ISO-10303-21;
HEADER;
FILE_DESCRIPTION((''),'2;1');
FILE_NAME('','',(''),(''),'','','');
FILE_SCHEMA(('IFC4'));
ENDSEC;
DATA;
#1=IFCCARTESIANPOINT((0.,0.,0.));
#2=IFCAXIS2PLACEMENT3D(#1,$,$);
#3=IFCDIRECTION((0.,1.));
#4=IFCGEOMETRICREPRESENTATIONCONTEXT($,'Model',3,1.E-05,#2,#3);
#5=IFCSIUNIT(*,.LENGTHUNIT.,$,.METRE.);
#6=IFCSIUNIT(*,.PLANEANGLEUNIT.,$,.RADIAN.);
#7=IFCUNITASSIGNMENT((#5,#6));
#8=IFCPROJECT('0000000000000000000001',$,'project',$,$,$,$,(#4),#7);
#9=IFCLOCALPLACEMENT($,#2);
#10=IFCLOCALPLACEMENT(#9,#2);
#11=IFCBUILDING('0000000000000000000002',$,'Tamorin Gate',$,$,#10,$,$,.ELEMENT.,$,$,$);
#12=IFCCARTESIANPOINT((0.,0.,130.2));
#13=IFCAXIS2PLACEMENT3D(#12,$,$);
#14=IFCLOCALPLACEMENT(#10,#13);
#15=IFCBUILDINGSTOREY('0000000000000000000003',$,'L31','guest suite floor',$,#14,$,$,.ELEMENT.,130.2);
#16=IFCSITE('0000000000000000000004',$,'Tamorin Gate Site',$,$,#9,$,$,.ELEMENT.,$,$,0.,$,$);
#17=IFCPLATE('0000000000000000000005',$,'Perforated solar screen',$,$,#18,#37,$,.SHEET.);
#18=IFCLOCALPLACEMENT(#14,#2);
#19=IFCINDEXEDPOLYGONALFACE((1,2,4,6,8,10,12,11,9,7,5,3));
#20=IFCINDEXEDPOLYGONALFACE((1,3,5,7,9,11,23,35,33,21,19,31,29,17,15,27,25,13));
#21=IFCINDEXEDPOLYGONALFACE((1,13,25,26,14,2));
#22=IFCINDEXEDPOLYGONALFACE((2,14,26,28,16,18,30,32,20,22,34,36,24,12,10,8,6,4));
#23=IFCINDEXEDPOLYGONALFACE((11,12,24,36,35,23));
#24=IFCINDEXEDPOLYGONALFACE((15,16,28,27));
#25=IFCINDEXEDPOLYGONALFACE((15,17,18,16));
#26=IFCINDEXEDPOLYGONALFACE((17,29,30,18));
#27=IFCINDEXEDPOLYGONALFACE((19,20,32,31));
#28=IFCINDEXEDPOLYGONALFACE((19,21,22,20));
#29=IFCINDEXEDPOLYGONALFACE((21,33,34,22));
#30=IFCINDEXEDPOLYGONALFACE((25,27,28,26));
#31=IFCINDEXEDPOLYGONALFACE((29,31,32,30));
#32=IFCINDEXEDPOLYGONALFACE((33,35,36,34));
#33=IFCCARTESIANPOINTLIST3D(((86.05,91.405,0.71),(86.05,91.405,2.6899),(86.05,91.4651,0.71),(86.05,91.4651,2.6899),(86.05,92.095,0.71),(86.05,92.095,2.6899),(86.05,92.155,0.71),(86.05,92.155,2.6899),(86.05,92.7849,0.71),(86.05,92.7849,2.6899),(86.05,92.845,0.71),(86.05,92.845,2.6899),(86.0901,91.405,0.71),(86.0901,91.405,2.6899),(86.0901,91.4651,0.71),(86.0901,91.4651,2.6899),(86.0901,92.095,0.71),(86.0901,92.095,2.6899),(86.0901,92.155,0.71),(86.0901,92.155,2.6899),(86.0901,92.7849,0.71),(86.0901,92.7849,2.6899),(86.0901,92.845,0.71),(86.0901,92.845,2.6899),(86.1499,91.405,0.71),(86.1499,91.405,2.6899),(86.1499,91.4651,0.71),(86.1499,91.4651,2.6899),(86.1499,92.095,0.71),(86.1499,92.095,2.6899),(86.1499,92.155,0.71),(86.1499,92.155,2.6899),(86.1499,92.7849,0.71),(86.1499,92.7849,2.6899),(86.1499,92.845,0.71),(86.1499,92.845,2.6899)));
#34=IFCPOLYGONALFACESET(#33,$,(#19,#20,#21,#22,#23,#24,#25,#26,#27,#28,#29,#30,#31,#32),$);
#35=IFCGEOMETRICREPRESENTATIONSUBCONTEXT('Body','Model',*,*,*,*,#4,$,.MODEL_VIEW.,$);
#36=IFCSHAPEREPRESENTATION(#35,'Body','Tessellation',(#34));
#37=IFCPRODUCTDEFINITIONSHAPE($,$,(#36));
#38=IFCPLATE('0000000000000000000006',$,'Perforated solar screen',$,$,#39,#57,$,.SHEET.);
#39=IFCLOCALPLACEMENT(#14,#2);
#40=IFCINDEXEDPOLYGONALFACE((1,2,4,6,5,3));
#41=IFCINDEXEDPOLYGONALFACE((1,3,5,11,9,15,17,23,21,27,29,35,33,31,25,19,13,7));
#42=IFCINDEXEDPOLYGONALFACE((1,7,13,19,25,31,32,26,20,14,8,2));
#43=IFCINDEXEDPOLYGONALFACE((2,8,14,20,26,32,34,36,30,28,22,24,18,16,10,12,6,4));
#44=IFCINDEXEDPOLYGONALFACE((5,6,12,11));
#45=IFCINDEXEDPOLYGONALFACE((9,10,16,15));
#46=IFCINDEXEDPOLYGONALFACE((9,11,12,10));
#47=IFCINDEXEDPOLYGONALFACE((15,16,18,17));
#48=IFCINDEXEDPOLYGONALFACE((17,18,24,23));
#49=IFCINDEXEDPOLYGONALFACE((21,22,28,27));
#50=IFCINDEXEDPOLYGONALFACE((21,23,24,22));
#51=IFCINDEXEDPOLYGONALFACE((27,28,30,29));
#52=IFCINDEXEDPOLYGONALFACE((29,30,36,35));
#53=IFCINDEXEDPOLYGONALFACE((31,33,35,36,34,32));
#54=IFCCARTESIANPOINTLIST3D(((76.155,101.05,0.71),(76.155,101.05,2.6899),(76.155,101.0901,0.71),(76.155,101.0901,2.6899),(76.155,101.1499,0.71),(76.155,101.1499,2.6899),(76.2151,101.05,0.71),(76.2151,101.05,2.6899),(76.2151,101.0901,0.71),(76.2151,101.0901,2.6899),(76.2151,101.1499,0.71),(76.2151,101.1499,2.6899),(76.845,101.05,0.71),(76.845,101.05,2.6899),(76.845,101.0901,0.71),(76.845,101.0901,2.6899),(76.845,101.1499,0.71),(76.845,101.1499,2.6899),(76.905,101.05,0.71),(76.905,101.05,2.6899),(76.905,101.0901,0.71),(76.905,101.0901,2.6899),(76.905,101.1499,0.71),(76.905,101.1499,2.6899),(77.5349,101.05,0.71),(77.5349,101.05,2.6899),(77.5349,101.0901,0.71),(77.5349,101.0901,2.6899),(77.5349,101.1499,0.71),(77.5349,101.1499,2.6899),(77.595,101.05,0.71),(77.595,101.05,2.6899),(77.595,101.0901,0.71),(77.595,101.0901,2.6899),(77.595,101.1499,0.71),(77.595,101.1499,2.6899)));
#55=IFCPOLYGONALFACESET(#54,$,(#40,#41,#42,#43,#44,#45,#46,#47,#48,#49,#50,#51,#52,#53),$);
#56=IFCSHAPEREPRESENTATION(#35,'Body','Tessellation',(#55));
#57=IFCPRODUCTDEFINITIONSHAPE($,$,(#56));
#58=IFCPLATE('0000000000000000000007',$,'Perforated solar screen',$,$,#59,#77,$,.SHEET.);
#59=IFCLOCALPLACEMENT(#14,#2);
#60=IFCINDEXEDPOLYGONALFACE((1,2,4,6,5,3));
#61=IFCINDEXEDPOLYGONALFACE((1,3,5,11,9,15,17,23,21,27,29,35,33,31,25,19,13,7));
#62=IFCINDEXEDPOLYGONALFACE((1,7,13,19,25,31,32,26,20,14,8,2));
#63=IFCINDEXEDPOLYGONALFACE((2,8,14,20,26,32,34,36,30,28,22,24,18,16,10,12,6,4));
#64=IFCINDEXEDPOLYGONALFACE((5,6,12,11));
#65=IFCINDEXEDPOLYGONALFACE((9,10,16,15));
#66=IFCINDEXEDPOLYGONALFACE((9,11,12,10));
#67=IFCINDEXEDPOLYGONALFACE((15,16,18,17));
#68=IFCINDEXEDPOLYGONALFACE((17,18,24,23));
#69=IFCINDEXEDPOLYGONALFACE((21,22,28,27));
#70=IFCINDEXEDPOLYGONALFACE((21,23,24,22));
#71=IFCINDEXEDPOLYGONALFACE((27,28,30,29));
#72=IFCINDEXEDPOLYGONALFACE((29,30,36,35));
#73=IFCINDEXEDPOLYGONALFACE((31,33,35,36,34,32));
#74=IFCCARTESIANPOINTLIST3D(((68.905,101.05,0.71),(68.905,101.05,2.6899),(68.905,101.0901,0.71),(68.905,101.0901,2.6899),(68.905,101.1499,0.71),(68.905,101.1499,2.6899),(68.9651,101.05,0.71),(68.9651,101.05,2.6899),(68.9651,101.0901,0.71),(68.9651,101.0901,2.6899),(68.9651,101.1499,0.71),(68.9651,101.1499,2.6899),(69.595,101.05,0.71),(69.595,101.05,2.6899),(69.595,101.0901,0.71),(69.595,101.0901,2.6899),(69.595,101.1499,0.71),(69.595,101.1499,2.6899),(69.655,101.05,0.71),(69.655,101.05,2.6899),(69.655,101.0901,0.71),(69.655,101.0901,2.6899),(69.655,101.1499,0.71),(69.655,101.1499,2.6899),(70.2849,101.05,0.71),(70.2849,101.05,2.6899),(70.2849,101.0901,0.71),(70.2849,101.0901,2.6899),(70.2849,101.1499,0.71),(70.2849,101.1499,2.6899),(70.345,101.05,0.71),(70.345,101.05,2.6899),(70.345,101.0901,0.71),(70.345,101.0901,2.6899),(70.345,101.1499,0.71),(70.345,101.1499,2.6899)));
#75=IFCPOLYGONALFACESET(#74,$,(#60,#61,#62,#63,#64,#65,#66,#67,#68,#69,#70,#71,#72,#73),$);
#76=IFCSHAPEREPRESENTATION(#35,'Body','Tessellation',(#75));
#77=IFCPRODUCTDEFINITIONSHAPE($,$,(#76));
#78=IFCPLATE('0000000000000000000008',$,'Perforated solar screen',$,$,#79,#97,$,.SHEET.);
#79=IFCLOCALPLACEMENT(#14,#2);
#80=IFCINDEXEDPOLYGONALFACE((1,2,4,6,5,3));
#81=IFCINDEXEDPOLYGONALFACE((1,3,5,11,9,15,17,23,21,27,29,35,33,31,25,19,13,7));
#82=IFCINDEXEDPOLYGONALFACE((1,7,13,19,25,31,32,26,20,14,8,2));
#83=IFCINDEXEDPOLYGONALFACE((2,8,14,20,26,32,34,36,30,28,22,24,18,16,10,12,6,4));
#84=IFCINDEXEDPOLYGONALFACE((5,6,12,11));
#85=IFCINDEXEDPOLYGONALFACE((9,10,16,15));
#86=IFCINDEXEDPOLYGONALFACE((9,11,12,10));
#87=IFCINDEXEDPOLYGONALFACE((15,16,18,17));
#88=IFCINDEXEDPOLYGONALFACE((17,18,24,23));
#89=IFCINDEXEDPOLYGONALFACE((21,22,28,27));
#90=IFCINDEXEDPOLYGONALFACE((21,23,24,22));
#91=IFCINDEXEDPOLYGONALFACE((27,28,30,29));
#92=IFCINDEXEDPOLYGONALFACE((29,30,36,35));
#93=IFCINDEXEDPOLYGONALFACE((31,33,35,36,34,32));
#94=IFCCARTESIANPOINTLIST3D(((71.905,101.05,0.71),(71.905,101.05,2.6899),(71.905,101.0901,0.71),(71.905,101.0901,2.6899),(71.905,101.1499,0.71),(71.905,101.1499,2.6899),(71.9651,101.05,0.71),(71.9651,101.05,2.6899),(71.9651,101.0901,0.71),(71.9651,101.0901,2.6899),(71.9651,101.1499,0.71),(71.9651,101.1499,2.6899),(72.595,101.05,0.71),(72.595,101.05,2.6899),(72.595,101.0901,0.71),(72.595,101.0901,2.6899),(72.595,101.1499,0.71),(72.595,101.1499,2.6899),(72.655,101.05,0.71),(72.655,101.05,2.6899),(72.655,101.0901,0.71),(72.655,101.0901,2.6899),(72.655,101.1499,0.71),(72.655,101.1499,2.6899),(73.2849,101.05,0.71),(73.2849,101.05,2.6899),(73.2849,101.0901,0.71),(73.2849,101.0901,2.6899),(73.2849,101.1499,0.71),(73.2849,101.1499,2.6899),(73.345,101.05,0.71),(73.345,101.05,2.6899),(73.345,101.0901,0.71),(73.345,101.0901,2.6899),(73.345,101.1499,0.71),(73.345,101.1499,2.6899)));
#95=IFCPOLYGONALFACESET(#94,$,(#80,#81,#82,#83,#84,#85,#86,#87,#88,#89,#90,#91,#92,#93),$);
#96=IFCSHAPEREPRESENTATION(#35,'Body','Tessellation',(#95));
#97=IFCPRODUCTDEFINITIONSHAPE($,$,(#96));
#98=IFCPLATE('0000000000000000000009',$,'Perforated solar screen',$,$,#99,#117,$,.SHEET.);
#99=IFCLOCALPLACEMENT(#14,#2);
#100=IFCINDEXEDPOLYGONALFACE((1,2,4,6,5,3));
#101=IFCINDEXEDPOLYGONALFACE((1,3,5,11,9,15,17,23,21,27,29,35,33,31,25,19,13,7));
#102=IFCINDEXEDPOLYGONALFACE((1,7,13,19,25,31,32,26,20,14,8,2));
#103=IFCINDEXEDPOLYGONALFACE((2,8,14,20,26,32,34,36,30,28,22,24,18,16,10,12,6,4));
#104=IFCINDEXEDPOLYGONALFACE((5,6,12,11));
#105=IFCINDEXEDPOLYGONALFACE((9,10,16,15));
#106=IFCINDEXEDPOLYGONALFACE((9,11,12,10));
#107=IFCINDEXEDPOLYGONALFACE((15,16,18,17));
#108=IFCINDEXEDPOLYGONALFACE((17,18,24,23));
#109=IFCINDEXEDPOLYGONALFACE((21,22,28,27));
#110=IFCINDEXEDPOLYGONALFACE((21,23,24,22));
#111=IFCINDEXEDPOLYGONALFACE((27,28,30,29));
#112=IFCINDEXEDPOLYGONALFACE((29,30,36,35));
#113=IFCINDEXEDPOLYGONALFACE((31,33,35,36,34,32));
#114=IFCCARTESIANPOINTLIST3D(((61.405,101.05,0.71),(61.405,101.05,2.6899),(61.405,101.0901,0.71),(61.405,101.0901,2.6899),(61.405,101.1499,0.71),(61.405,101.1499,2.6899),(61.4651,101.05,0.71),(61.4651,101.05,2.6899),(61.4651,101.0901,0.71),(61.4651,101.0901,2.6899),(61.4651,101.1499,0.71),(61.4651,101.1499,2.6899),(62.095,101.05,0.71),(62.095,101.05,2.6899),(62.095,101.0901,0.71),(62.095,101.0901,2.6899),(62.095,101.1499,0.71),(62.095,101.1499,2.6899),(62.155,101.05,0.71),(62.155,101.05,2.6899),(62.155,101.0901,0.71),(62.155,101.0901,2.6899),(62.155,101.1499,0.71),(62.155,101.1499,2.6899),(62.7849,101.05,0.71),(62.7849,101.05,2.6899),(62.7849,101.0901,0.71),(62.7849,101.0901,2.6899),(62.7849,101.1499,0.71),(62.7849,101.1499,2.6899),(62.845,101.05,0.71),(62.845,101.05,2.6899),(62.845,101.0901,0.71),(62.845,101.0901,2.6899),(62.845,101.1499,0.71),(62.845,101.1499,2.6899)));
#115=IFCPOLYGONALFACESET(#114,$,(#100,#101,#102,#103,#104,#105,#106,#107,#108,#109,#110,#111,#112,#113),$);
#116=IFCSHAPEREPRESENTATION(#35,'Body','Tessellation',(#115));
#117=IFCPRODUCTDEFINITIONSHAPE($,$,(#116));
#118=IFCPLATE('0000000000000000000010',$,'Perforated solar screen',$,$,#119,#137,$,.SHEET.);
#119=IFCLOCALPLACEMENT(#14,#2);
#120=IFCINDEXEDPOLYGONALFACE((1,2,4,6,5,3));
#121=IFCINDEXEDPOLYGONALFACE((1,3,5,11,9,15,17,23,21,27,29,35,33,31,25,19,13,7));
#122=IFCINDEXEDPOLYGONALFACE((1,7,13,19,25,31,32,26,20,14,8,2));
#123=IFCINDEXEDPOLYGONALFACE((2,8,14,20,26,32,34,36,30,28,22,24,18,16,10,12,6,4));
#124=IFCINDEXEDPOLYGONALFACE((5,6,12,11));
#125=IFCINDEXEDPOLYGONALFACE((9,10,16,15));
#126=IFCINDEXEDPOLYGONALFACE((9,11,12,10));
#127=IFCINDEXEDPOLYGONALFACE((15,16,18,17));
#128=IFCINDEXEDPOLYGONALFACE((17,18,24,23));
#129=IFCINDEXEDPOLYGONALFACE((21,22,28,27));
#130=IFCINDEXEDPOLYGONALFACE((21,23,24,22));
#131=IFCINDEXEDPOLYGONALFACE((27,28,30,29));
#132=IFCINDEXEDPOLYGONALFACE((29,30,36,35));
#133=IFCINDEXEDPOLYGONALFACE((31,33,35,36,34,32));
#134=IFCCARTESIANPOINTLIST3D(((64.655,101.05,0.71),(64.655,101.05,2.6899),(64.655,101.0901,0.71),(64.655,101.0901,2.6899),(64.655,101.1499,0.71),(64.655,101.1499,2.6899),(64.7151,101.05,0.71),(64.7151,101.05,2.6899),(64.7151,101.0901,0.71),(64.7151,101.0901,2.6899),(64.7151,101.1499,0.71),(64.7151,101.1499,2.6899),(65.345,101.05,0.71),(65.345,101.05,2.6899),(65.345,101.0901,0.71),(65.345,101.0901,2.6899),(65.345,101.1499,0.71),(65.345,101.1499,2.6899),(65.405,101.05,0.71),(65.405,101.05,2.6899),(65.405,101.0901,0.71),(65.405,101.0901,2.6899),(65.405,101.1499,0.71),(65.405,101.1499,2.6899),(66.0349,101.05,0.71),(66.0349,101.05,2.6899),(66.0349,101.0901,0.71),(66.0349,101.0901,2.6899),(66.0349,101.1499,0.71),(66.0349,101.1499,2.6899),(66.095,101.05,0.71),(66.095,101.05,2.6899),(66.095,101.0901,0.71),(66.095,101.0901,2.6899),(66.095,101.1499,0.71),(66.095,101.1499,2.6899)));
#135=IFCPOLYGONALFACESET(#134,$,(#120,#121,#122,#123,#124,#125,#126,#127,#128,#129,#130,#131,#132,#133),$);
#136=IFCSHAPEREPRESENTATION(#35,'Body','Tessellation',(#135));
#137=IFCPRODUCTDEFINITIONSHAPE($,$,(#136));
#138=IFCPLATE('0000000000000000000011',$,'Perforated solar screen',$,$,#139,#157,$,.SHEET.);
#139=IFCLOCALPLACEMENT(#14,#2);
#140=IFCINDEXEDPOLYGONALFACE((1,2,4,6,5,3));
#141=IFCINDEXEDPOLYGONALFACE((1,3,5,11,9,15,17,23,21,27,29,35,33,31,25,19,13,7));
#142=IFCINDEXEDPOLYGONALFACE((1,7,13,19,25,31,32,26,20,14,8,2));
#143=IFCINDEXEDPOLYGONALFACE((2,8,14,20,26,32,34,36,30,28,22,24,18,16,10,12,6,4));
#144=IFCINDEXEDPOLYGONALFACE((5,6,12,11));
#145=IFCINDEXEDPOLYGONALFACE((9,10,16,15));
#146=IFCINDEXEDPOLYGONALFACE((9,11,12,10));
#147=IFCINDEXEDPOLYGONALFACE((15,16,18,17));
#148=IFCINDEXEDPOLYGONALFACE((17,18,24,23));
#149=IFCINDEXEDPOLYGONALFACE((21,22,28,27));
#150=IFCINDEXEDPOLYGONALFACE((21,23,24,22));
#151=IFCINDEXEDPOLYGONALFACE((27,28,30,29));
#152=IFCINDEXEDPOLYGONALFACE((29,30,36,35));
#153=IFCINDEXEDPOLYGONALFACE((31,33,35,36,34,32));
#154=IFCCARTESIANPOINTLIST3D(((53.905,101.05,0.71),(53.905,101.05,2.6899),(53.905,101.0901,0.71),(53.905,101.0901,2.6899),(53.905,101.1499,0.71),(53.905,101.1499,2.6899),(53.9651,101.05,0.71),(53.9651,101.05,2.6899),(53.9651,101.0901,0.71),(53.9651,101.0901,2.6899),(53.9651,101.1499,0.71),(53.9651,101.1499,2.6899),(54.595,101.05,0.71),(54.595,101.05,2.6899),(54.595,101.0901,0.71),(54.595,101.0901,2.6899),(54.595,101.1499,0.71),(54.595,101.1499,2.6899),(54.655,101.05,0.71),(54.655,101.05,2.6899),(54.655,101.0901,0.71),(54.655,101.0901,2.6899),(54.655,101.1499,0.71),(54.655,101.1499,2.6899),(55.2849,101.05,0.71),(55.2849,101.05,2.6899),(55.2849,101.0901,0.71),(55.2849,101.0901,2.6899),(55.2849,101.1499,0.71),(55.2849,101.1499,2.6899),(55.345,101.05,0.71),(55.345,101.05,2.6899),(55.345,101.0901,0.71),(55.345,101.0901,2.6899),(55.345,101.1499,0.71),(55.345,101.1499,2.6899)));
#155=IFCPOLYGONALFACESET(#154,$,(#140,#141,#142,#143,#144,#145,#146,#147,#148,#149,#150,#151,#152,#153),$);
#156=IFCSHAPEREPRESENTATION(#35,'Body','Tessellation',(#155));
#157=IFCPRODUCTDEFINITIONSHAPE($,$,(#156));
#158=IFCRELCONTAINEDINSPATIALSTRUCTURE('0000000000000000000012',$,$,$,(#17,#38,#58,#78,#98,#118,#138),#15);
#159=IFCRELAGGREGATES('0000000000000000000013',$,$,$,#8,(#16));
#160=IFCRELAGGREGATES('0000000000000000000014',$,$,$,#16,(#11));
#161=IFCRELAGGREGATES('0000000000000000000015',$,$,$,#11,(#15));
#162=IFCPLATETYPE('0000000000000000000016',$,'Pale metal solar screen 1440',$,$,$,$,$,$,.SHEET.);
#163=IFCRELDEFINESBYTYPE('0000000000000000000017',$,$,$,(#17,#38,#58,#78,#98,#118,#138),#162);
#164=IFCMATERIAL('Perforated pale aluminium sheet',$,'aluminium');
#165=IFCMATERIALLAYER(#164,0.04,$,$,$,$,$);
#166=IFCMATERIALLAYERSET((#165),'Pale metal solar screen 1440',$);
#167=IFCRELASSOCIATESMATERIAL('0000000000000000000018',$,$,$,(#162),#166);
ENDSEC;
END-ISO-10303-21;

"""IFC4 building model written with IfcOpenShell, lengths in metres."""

from ifc_helpers import new_model, si_unit, direction, frame, origin, place, context, subcontext, project, spatial, polyline, outline, extrude, material, layer, layer_set, type_object, element, save


model = new_model("IFC4")

# Units and contexts
model_context = context("Model", 3, precision=1e-05, world=origin(), true_north=direction((0.0, 1.0)))
body_context = subcontext(model_context, "Body", "Model", "MODEL_VIEW")
ifc_project = project(units=[si_unit("LENGTHUNIT", "METRE"), si_unit("PLANEANGLEUNIT", "RADIAN")], contexts=[model_context])

# Site, building, storey
site_placement = place(None, origin())
site = spatial("IfcSite", under=ifc_project, at=site_placement, Name="Tamorin Gate Site", CompositionType="ELEMENT", RefElevation=0.0)
building_placement = place(site_placement, origin())
building = spatial("IfcBuilding", under=site, at=building_placement, Name="Tamorin Gate", CompositionType="ELEMENT")
storey_placement = place(building_placement, frame((0.0, 0.0, 130.2)))
storey = spatial("IfcBuildingStorey", under=building, at=storey_placement, Name="L31", Description="guest suite floor", CompositionType="ELEMENT", Elevation=130.2)

# Plates
ifc_material_1 = material(Name="Perforated pale aluminium sheet", Category="aluminium")
ifc_layer_1 = layer(ifc_material_1, 0.04)
ifc_layer_set_1 = layer_set([ifc_layer_1], Name="Pale metal solar screen 1440")
plate_type_1 = type_object("IfcPlateType", Name="Pale metal solar screen 1440", PredefinedType="SHEET", material=ifc_layer_set_1)
plate_1_placement = place(storey_placement, frame((0.0, 0.0, 0.71)))
element("IfcPlate", 1, at=plate_1_placement, inside=storey, type_object=plate_type_1, Name="Perforated solar screen", PredefinedType="SHEET", context=body_context, shape_type="SweptSolid", body=[
    extrude(outline(polyline([(86.0901, 91.405), (86.05, 91.405), (86.05, 91.4651), (86.05, 92.095), (86.05, 92.155), (86.05, 92.7849), (86.05, 92.845), (86.0901, 92.845), (86.1499, 92.845), (86.1499, 92.7849), (86.0901, 92.7849), (86.0901, 92.155), (86.1499, 92.155), (86.1499, 92.095), (86.0901, 92.095), (86.0901, 91.4651), (86.1499, 91.4651), (86.1499, 91.405), (86.0901, 91.405)])), origin(), (0.0, 0.0, 1.0), 1.98),
])
plate_2_placement = place(storey_placement, frame((0.0, 0.0, 0.71)))
element("IfcPlate", 2, at=plate_2_placement, inside=storey, type_object=plate_type_1, Name="Perforated solar screen", PredefinedType="SHEET", context=body_context, shape_type="SweptSolid", body=[
    extrude(outline(polyline([(77.595, 101.0901), (77.595, 101.05), (77.5349, 101.05), (76.905, 101.05), (76.845, 101.05), (76.2151, 101.05), (76.155, 101.05), (76.155, 101.05), (76.155, 101.0901), (76.155, 101.0901), (76.155, 101.1499), (76.2151, 101.1499), (76.2151, 101.0901), (76.845, 101.0901), (76.845, 101.1499), (76.905, 101.1499), (76.905, 101.0901), (77.5349, 101.0901), (77.5349, 101.1499), (77.595, 101.1499), (77.595, 101.0901)])), origin(), (0.0, 0.0, 1.0), 1.98),
])
plate_3_placement = place(storey_placement, frame((0.0, 0.0, 0.71)))
element("IfcPlate", 3, at=plate_3_placement, inside=storey, type_object=plate_type_1, Name="Perforated solar screen", PredefinedType="SHEET", context=body_context, shape_type="SweptSolid", body=[
    extrude(outline(polyline([(70.345, 101.0901), (70.345, 101.05), (70.2849, 101.05), (69.655, 101.05), (69.595, 101.05), (68.9651, 101.05), (68.905, 101.05), (68.905, 101.0901), (68.905, 101.1499), (68.9651, 101.1499), (68.9651, 101.0901), (69.595, 101.0901), (69.595, 101.1499), (69.655, 101.1499), (69.655, 101.0901), (70.2849, 101.0901), (70.2849, 101.1499), (70.345, 101.1499), (70.345, 101.0901)])), origin(), (0.0, 0.0, 1.0), 1.98),
])
plate_4_placement = place(storey_placement, frame((0.0, 0.0, 0.71)))
element("IfcPlate", 4, at=plate_4_placement, inside=storey, type_object=plate_type_1, Name="Perforated solar screen", PredefinedType="SHEET", context=body_context, shape_type="SweptSolid", body=[
    extrude(outline(polyline([(73.345, 101.0901), (73.345, 101.05), (73.2849, 101.05), (72.655, 101.05), (72.595, 101.05), (71.9651, 101.05), (71.905, 101.05), (71.905, 101.0901), (71.905, 101.1499), (71.9651, 101.1499), (71.9651, 101.0901), (72.595, 101.0901), (72.595, 101.1499), (72.655, 101.1499), (72.655, 101.0901), (73.2849, 101.0901), (73.2849, 101.1499), (73.345, 101.1499), (73.345, 101.0901)])), origin(), (0.0, 0.0, 1.0), 1.98),
])
plate_5_placement = place(storey_placement, frame((0.0, 0.0, 0.71)))
element("IfcPlate", 5, at=plate_5_placement, inside=storey, type_object=plate_type_1, Name="Perforated solar screen", PredefinedType="SHEET", context=body_context, shape_type="SweptSolid", body=[
    extrude(outline(polyline([(62.845, 101.0901), (62.845, 101.05), (62.7849, 101.05), (62.155, 101.05), (62.095, 101.05), (61.4651, 101.05), (61.405, 101.05), (61.405, 101.0901), (61.405, 101.1499), (61.4651, 101.1499), (61.4651, 101.0901), (62.095, 101.0901), (62.095, 101.1499), (62.155, 101.1499), (62.155, 101.0901), (62.7849, 101.0901), (62.7849, 101.1499), (62.845, 101.1499), (62.845, 101.0901)])), origin(), (0.0, 0.0, 1.0), 1.98),
])
plate_6_placement = place(storey_placement, frame((0.0, 0.0, 0.71)))
element("IfcPlate", 6, at=plate_6_placement, inside=storey, type_object=plate_type_1, Name="Perforated solar screen", PredefinedType="SHEET", context=body_context, shape_type="SweptSolid", body=[
    extrude(outline(polyline([(66.095, 101.0901), (66.095, 101.05), (66.0349, 101.05), (65.405, 101.05), (65.345, 101.05), (64.7151, 101.05), (64.655, 101.05), (64.655, 101.0901), (64.655, 101.1499), (64.7151, 101.1499), (64.7151, 101.0901), (65.345, 101.0901), (65.345, 101.1499), (65.405, 101.1499), (65.405, 101.0901), (66.0349, 101.0901), (66.0349, 101.1499), (66.095, 101.1499), (66.095, 101.0901)])), origin(), (0.0, 0.0, 1.0), 1.98),
])
plate_7_placement = place(storey_placement, frame((0.0, 0.0, 0.71)))
element("IfcPlate", 7, at=plate_7_placement, inside=storey, type_object=plate_type_1, Name="Perforated solar screen", PredefinedType="SHEET", context=body_context, shape_type="SweptSolid", body=[
    extrude(outline(polyline([(55.345, 101.0901), (55.345, 101.05), (55.2849, 101.05), (54.655, 101.05), (54.595, 101.05), (53.9651, 101.05), (53.905, 101.05), (53.905, 101.0901), (53.905, 101.1499), (53.9651, 101.1499), (53.9651, 101.0901), (54.595, 101.0901), (54.595, 101.1499), (54.655, 101.1499), (54.655, 101.0901), (55.2849, 101.0901), (55.2849, 101.1499), (55.345, 101.1499), (55.345, 101.0901)])), origin(), (0.0, 0.0, 1.0), 1.98),
])

save(model, "model.ifc")
